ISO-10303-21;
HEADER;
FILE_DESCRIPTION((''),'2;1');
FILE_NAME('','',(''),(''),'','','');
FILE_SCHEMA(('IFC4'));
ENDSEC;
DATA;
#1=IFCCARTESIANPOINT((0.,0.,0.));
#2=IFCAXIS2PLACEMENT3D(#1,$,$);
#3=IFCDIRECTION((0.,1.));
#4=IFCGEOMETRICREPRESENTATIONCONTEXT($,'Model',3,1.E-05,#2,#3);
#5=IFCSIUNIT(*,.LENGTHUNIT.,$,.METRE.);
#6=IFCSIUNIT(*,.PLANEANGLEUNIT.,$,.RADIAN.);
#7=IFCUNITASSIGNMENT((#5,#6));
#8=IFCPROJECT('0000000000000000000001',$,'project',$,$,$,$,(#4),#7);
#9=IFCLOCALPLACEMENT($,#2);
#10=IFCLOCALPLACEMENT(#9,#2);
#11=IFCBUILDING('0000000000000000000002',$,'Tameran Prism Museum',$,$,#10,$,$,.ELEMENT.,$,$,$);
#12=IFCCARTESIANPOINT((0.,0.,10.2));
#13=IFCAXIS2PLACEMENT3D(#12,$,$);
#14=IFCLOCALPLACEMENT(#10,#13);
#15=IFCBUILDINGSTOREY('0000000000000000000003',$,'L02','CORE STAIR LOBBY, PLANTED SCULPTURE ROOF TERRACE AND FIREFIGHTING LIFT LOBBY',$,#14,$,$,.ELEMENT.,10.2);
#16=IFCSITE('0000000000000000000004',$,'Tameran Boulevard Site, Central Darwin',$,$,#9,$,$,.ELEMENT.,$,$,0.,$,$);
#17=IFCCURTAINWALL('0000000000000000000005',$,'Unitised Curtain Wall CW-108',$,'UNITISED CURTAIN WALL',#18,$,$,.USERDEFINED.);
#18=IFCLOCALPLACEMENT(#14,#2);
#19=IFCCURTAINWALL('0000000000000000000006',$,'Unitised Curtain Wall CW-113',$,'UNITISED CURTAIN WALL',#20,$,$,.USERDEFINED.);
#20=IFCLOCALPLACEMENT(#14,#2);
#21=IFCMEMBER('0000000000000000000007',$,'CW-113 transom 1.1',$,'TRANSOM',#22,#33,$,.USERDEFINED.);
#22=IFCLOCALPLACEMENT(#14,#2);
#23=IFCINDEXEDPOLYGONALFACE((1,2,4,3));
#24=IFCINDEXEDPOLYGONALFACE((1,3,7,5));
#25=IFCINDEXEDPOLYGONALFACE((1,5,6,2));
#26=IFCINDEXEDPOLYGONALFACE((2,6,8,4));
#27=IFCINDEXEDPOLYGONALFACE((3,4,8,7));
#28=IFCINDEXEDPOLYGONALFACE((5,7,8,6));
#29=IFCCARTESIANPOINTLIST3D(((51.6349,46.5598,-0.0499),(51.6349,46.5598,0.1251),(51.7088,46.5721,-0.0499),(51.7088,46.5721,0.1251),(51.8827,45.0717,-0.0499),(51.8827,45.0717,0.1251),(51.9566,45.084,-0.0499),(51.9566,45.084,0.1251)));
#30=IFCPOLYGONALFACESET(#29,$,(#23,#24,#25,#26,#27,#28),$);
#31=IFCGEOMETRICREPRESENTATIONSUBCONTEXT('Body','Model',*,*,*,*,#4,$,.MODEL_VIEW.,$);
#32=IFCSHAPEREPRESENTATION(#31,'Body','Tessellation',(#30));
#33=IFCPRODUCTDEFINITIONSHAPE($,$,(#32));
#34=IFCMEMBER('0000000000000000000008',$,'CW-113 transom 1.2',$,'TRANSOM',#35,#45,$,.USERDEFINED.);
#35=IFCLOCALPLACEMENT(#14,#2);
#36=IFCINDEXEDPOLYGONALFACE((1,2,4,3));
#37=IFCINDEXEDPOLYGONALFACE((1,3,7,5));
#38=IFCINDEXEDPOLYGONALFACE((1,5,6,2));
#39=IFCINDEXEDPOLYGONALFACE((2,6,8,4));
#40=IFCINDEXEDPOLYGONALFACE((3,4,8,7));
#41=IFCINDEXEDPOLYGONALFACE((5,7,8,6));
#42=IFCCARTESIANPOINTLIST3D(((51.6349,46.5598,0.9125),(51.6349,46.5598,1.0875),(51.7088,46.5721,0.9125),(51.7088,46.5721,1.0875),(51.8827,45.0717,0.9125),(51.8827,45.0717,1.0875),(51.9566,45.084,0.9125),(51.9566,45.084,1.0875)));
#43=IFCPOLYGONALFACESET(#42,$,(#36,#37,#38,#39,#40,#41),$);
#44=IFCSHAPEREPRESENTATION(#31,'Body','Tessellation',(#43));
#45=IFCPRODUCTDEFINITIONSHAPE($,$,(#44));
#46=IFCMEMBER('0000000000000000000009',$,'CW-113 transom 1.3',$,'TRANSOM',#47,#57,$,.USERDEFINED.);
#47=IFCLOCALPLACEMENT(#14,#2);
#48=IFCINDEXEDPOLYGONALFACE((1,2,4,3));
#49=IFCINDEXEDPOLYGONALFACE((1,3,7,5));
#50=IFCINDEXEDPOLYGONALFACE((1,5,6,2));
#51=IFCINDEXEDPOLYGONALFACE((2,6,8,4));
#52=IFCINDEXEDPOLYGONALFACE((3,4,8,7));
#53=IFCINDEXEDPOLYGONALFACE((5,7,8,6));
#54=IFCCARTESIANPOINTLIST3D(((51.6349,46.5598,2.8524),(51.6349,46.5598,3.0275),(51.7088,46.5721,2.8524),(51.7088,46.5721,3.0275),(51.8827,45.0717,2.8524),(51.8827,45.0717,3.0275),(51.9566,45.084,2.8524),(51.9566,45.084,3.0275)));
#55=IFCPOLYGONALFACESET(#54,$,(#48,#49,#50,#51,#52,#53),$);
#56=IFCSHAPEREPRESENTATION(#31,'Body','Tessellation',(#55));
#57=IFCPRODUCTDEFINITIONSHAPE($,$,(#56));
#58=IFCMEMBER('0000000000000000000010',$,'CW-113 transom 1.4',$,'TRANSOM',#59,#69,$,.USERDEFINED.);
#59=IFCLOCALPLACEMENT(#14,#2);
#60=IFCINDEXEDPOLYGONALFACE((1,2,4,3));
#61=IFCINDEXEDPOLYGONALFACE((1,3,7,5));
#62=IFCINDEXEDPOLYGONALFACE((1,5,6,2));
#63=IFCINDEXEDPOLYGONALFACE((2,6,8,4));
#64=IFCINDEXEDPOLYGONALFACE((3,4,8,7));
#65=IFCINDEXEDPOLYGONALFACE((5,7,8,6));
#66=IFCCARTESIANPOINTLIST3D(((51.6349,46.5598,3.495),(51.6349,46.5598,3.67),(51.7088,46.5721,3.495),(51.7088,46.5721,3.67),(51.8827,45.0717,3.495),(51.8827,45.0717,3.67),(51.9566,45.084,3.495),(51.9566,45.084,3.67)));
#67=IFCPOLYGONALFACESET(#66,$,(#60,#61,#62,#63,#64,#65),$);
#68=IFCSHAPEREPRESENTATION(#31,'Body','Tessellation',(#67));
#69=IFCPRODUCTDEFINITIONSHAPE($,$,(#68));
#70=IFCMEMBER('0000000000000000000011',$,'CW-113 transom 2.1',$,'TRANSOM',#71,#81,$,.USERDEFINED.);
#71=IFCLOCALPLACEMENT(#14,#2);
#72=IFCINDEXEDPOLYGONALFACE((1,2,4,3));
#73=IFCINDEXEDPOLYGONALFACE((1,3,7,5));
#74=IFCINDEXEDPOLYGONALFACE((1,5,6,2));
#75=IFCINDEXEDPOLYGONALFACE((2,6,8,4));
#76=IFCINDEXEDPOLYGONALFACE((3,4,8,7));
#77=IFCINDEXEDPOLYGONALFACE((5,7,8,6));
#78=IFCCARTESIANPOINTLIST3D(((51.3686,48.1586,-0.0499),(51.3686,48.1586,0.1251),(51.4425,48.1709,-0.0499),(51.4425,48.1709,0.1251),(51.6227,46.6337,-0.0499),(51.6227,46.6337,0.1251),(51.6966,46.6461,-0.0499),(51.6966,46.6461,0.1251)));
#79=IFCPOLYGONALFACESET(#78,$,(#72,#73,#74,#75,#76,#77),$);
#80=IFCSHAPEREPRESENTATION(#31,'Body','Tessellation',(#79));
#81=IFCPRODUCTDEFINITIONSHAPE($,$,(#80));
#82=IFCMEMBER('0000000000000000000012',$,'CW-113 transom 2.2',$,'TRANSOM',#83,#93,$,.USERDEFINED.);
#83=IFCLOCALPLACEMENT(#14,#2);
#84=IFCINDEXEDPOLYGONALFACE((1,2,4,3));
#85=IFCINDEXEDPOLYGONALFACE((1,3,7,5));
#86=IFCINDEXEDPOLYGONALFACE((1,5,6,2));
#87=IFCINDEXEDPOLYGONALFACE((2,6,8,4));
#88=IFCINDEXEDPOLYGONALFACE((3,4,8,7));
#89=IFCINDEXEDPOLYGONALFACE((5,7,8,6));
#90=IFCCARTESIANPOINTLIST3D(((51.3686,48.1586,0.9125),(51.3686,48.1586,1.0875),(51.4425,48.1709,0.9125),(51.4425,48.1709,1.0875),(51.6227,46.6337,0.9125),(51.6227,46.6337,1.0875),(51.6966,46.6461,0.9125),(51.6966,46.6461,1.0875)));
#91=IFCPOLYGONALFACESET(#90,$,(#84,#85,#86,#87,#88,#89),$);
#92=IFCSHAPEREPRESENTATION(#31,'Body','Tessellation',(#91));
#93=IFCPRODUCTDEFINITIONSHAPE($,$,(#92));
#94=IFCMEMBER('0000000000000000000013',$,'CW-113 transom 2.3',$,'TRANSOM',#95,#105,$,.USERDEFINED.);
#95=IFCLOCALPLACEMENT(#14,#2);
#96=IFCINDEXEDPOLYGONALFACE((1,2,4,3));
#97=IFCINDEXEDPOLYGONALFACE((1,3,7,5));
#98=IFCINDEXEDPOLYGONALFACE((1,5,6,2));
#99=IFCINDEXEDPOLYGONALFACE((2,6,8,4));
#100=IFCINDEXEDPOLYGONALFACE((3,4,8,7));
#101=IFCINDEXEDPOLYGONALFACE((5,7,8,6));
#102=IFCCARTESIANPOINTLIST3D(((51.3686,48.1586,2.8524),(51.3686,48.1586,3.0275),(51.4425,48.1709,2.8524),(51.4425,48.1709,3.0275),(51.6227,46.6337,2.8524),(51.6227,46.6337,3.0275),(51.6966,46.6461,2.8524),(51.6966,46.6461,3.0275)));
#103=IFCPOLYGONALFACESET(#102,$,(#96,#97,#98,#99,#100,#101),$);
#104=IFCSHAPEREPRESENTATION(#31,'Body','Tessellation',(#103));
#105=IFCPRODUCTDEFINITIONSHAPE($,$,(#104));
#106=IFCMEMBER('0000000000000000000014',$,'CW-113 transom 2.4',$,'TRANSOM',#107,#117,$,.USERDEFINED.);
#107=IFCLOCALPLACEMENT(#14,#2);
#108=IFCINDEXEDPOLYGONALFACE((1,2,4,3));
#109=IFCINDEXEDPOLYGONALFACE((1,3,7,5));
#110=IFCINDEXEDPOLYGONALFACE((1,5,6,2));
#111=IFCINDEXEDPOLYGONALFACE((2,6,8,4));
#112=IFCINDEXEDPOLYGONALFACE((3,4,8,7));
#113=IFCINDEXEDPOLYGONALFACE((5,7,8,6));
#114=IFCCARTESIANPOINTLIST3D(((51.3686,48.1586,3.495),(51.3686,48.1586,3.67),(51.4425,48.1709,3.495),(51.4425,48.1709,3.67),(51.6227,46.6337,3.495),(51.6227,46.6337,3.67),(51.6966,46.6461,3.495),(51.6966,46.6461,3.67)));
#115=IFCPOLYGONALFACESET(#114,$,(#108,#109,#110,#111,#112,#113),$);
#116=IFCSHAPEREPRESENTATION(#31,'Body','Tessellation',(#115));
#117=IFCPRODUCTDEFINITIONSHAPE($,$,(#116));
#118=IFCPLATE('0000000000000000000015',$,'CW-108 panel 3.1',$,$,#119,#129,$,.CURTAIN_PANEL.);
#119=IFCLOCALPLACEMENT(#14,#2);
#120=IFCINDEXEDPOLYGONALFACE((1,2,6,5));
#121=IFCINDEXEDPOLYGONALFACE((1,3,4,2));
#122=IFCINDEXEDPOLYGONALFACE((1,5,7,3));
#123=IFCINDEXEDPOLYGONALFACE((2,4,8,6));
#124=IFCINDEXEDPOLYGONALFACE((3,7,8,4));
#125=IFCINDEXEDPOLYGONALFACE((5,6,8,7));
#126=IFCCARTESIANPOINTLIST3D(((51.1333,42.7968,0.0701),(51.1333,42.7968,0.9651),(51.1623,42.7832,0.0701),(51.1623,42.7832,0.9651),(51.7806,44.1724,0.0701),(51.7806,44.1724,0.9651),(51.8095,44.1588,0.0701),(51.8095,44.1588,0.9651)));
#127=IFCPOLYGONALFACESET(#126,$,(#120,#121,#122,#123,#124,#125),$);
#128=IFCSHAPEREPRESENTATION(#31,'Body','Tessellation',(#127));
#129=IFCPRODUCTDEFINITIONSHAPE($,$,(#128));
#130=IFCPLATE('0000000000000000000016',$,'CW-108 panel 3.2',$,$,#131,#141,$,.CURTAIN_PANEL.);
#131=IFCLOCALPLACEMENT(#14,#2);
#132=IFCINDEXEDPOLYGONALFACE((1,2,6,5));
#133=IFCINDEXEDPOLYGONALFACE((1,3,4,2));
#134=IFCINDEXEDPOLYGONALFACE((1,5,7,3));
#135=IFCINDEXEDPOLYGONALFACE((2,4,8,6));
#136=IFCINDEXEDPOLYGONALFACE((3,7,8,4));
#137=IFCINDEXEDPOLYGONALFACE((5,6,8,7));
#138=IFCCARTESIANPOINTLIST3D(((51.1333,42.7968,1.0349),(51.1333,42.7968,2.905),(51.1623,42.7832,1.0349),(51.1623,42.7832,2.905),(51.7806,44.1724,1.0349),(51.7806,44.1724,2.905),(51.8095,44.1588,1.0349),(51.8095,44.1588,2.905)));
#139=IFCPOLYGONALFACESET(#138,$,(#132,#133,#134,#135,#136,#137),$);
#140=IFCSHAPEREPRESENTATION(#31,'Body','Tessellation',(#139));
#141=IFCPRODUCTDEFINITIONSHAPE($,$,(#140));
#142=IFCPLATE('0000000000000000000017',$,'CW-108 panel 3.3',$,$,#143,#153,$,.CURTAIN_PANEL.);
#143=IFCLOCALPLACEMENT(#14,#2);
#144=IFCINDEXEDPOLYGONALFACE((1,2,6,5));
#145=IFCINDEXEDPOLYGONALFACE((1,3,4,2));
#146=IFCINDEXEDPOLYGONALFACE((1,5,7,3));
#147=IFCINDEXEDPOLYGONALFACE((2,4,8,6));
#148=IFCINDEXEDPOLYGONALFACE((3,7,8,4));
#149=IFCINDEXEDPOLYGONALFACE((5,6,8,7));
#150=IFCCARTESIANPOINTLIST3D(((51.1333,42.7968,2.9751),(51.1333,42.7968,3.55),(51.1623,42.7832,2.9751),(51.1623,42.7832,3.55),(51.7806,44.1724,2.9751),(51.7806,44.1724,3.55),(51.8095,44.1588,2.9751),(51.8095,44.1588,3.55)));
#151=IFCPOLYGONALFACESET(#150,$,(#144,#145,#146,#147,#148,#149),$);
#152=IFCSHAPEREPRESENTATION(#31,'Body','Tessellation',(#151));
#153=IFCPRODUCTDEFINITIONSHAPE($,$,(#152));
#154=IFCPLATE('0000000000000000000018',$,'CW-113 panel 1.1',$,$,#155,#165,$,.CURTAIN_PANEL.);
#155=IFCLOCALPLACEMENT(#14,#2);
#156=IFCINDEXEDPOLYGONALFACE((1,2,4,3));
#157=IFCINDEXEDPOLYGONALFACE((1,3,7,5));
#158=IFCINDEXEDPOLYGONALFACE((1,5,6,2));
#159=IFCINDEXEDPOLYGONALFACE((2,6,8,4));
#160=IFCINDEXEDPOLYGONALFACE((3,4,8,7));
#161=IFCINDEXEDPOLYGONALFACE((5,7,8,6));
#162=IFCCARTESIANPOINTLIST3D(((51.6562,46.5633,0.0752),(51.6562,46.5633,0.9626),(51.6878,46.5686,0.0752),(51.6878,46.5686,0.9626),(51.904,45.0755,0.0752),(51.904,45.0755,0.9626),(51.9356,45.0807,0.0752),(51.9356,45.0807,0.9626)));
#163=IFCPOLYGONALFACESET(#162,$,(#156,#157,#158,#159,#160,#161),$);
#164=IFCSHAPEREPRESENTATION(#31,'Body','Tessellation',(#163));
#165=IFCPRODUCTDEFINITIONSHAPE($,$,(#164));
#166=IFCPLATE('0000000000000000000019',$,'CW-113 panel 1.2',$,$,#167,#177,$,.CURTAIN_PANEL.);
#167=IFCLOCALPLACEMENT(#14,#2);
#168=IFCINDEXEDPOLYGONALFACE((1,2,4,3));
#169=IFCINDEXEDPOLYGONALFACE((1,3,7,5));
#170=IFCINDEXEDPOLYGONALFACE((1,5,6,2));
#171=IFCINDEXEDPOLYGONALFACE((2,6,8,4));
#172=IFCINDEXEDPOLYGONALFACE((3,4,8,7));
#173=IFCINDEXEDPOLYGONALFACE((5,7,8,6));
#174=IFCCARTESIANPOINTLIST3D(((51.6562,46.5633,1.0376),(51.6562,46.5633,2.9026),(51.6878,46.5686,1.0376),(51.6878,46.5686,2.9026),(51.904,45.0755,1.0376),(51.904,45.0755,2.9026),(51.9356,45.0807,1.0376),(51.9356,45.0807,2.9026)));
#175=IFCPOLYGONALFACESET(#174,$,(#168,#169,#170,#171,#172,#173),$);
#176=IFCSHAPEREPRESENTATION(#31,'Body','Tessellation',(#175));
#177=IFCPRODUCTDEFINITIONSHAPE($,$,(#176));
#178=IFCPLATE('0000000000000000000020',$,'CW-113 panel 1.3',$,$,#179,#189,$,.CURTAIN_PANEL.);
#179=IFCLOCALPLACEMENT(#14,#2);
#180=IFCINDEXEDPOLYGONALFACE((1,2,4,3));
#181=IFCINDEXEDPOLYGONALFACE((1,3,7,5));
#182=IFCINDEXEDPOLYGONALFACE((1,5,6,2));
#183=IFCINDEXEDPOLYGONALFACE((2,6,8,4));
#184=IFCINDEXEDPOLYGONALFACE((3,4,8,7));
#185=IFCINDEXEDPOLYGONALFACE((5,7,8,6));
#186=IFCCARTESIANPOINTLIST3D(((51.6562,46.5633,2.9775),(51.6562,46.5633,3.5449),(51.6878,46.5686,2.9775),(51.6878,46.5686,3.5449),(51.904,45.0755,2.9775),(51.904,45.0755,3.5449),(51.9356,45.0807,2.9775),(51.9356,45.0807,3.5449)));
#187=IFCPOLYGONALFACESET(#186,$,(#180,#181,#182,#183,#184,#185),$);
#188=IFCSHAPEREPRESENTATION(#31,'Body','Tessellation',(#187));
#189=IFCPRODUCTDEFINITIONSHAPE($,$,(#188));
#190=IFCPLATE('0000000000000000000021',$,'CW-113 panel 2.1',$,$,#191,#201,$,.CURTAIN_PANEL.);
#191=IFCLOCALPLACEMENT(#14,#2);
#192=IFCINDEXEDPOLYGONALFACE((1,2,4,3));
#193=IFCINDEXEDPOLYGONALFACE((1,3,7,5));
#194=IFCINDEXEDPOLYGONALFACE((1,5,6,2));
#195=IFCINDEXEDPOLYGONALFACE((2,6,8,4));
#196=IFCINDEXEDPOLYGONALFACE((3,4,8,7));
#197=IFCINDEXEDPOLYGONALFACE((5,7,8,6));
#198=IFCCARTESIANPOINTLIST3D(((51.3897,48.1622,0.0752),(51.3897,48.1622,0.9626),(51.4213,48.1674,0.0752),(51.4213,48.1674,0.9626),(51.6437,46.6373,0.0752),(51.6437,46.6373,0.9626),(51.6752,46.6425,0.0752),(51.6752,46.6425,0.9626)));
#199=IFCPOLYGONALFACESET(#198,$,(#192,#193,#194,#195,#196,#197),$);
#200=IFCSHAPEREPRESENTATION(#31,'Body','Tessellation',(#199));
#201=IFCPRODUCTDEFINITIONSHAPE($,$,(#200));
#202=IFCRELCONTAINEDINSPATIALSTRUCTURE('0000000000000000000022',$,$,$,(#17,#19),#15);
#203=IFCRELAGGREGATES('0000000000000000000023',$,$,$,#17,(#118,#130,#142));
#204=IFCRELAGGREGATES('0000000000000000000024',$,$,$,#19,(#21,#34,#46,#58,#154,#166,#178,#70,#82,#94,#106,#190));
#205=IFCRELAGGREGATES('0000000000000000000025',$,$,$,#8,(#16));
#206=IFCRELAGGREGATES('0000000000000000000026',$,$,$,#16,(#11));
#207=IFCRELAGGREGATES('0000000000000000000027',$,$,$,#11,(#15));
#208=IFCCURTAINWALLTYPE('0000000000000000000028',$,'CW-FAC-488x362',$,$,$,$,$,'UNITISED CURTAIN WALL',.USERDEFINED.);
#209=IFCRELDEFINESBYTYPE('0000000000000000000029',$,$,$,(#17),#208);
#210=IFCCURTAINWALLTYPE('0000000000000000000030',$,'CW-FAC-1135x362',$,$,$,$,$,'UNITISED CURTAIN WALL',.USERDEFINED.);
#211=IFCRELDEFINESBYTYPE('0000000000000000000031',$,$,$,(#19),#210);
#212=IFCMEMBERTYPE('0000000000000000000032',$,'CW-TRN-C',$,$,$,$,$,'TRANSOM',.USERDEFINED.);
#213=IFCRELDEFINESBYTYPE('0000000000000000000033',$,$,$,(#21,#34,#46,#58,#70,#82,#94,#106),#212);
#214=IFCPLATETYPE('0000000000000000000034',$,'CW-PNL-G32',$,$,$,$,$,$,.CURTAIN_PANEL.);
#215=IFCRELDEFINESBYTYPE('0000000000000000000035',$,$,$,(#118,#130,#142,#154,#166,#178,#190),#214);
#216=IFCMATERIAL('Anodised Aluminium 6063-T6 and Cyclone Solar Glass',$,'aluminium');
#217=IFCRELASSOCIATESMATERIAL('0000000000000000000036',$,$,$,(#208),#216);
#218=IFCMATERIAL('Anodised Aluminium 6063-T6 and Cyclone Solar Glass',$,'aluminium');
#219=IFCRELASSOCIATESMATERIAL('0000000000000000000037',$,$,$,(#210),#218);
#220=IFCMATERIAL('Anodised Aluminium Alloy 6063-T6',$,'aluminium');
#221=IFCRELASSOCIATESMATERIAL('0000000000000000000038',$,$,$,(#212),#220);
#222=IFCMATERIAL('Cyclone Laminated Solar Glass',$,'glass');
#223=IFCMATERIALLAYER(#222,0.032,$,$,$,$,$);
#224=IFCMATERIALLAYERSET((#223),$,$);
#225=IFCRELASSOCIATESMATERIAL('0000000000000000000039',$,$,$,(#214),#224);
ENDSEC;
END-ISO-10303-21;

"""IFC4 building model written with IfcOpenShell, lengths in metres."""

from ifc_helpers import new_model, si_unit, direction, frame, origin, origin_2d, place, context, subcontext, project, spatial, rectangle, extrude, material, layer, layer_set, material_profile, profile_set, type_object, element, aggregate, save


model = new_model("IFC4")

# Units and contexts
model_context = context("Model", 3, precision=1e-05, world=origin(), true_north=direction((0.0, 1.0)))
body_context = subcontext(model_context, "Body", "Model", "MODEL_VIEW")
ifc_project = project(units=[si_unit("LENGTHUNIT", "METRE"), si_unit("PLANEANGLEUNIT", "RADIAN")], contexts=[model_context])

# Site, building, storey
site_placement = place(None, origin())
site = spatial("IfcSite", under=ifc_project, at=site_placement, Name="Tameran Boulevard Site, Central Darwin", CompositionType="ELEMENT", RefElevation=0.0)
building_placement = place(site_placement, origin())
building = spatial("IfcBuilding", under=site, at=building_placement, Name="Tameran Prism Museum", CompositionType="ELEMENT")
storey_placement = place(building_placement, frame((0.0, 0.0, 10.2)))
storey = spatial("IfcBuildingStorey", under=building, at=storey_placement, Name="L02", Description="CORE STAIR LOBBY, PLANTED SCULPTURE ROOF TERRACE AND FIREFIGHTING LIFT LOBBY", CompositionType="ELEMENT", Elevation=10.2)

# Curtain wall
ifc_material_1 = material(Name="Anodised Aluminium 6063-T6 and Cyclone Solar Glass", Category="aluminium")
curtain_wall_type_1 = type_object("IfcCurtainWallType", Name="CW-FAC-488x362", ElementType="UNITISED CURTAIN WALL", PredefinedType="USERDEFINED", material=ifc_material_1)
curtain_wall_1_placement = place(storey_placement, origin())
curtain_wall_1 = element("IfcCurtainWall", 1, at=curtain_wall_1_placement, inside=storey, type_object=curtain_wall_type_1, Name="Unitised Curtain Wall CW-108", ObjectType="UNITISED CURTAIN WALL", PredefinedType="USERDEFINED")

# Curtain wall, members
ifc_material_2 = material(Name="Anodised Aluminium 6063-T6 and Cyclone Solar Glass", Category="aluminium")
curtain_wall_type_2 = type_object("IfcCurtainWallType", Name="CW-FAC-1135x362", ElementType="UNITISED CURTAIN WALL", PredefinedType="USERDEFINED", material=ifc_material_2)
curtain_wall_2_placement = place(storey_placement, origin())
curtain_wall_2 = element("IfcCurtainWall", 2, at=curtain_wall_2_placement, inside=storey, type_object=curtain_wall_type_2, Name="Unitised Curtain Wall CW-113", ObjectType="UNITISED CURTAIN WALL", PredefinedType="USERDEFINED")
ifc_material_3 = material(Name="Anodised Aluminium Alloy 6063-T6", Category="aluminium")
ifc_material_profile_1 = material_profile(ifc_material_3, rectangle(XDim=0.075, YDim=0.175, at=origin_2d()))
ifc_profile_set_1 = profile_set([ifc_material_profile_1])
member_type_1 = type_object("IfcMemberType", Name="CW-TRN-C", ElementType="TRANSOM", PredefinedType="USERDEFINED", material=ifc_profile_set_1)
member_1_placement = place(storey_placement, frame((51.9197, 45.0779, 0.0376), z_axis=(-0.164268, 0.986416, 0.0), x_axis=(-0.986416, -0.164268, 0.0)))
member_1 = element("IfcMember", 3, at=member_1_placement, type_object=member_type_1, Name="CW-113 transom 1.1", ObjectType="TRANSOM", PredefinedType="USERDEFINED", context=body_context, shape_type="SweptSolid", body=[
    extrude(rectangle(XDim=0.075, YDim=0.175, at=origin_2d()), origin(), (0.0, 0.0, 1.0), 1.5085),
])
member_2_placement = place(storey_placement, frame((51.9197, 45.0779, 1.0), z_axis=(-0.164268, 0.986416, 0.0), x_axis=(-0.986416, -0.164268, 0.0)))
member_2 = element("IfcMember", 4, at=member_2_placement, type_object=member_type_1, Name="CW-113 transom 1.2", ObjectType="TRANSOM", PredefinedType="USERDEFINED", context=body_context, shape_type="SweptSolid", body=[
    extrude(rectangle(XDim=0.075, YDim=0.175, at=origin_2d()), origin(), (0.0, 0.0, 1.0), 1.5085),
])
member_3_placement = place(storey_placement, frame((51.9197, 45.0779, 2.9399), z_axis=(-0.164268, 0.986416, 0.0), x_axis=(-0.986416, -0.164268, 0.0)))
member_3 = element("IfcMember", 5, at=member_3_placement, type_object=member_type_1, Name="CW-113 transom 1.3", ObjectType="TRANSOM", PredefinedType="USERDEFINED", context=body_context, shape_type="SweptSolid", body=[
    extrude(rectangle(XDim=0.075, YDim=0.175, at=origin_2d()), origin(), (0.0, 0.0, 1.0), 1.5085),
])
member_4_placement = place(storey_placement, frame((51.9197, 45.0779, 3.5825), z_axis=(-0.164268, 0.986416, 0.0), x_axis=(-0.986416, -0.164268, 0.0)))
member_4 = element("IfcMember", 6, at=member_4_placement, type_object=member_type_1, Name="CW-113 transom 1.4", ObjectType="TRANSOM", PredefinedType="USERDEFINED", context=body_context, shape_type="SweptSolid", body=[
    extrude(rectangle(XDim=0.075, YDim=0.175, at=origin_2d()), origin(), (0.0, 0.0, 1.0), 1.5085),
])
member_5_placement = place(storey_placement, frame((51.6597, 46.6399, 0.0376), z_axis=(-0.164399, 0.986394, 0.0), x_axis=(-0.986394, -0.164399, 0.0)))
member_5 = element("IfcMember", 7, at=member_5_placement, type_object=member_type_1, Name="CW-113 transom 2.1", ObjectType="TRANSOM", PredefinedType="USERDEFINED", context=body_context, shape_type="SweptSolid", body=[
    extrude(rectangle(XDim=0.075, YDim=0.175, at=origin_2d()), origin(), (0.0, 0.0, 1.0), 1.5459),
])
member_6_placement = place(storey_placement, frame((51.6597, 46.6399, 1.0), z_axis=(-0.164399, 0.986394, 0.0), x_axis=(-0.986394, -0.164399, 0.0)))
member_6 = element("IfcMember", 8, at=member_6_placement, type_object=member_type_1, Name="CW-113 transom 2.2", ObjectType="TRANSOM", PredefinedType="USERDEFINED", context=body_context, shape_type="SweptSolid", body=[
    extrude(rectangle(XDim=0.075, YDim=0.175, at=origin_2d()), origin(), (0.0, 0.0, 1.0), 1.5459),
])
member_7_placement = place(storey_placement, frame((51.6597, 46.6399, 2.9399), z_axis=(-0.164399, 0.986394, 0.0), x_axis=(-0.986394, -0.164399, 0.0)))
member_7 = element("IfcMember", 9, at=member_7_placement, type_object=member_type_1, Name="CW-113 transom 2.3", ObjectType="TRANSOM", PredefinedType="USERDEFINED", context=body_context, shape_type="SweptSolid", body=[
    extrude(rectangle(XDim=0.075, YDim=0.175, at=origin_2d()), origin(), (0.0, 0.0, 1.0), 1.5459),
])
member_8_placement = place(storey_placement, frame((51.6597, 46.6399, 3.5825), z_axis=(-0.164399, 0.986394, 0.0), x_axis=(-0.986394, -0.164399, 0.0)))
member_8 = element("IfcMember", 10, at=member_8_placement, type_object=member_type_1, Name="CW-113 transom 2.4", ObjectType="TRANSOM", PredefinedType="USERDEFINED", context=body_context, shape_type="SweptSolid", body=[
    extrude(rectangle(XDim=0.075, YDim=0.175, at=origin_2d()), origin(), (0.0, 0.0, 1.0), 1.5459),
])

# Plates
ifc_material_4 = material(Name="Cyclone Laminated Solar Glass", Category="glass")
ifc_layer_1 = layer(ifc_material_4, 0.032)
ifc_layer_set_1 = layer_set([ifc_layer_1])
plate_type = type_object("IfcPlateType", Name="CW-PNL-G32", PredefinedType="CURTAIN_PANEL", material=ifc_layer_set_1)
plate_1_placement = place(storey_placement, frame((51.4714, 43.4778, 0.0701), z_axis=(0.0, 0.0, 1.0), x_axis=(0.425758, 0.904837, 0.0)))
plate_1 = element("IfcPlate", 11, at=plate_1_placement, type_object=plate_type, Name="CW-108 panel 3.1", PredefinedType="CURTAIN_PANEL", context=body_context, shape_type="SweptSolid", body=[
    extrude(rectangle(XDim=1.5203, YDim=0.032, at=origin_2d()), origin(), (0.0, 0.0, 1.0), 0.895),
])
plate_2_placement = place(storey_placement, frame((51.4714, 43.4778, 1.0349), z_axis=(0.0, 0.0, 1.0), x_axis=(0.425758, 0.904837, 0.0)))
plate_2 = element("IfcPlate", 12, at=plate_2_placement, type_object=plate_type, Name="CW-108 panel 3.2", PredefinedType="CURTAIN_PANEL", context=body_context, shape_type="SweptSolid", body=[
    extrude(rectangle(XDim=1.5203, YDim=0.032, at=origin_2d()), origin(), (0.0, 0.0, 1.0), 1.8701),
])
plate_3_placement = place(storey_placement, frame((51.4714, 43.4778, 2.9751), z_axis=(0.0, 0.0, 1.0), x_axis=(0.425758, 0.904837, 0.0)))
plate_3 = element("IfcPlate", 13, at=plate_3_placement, type_object=plate_type, Name="CW-108 panel 3.3", PredefinedType="CURTAIN_PANEL", context=body_context, shape_type="SweptSolid", body=[
    extrude(rectangle(XDim=1.5203, YDim=0.032, at=origin_2d()), origin(), (0.0, 0.0, 1.0), 0.575),
])
aggregate(curtain_wall_1, [plate_1, plate_2, plate_3])
plate_4_placement = place(storey_placement, frame((51.7959, 45.822, 0.0752), z_axis=(0.0, 0.0, 1.0), x_axis=(-0.164285, 0.986413, 0.0)))
plate_4 = element("IfcPlate", 14, at=plate_4_placement, type_object=plate_type, Name="CW-113 panel 1.1", PredefinedType="CURTAIN_PANEL", context=body_context, shape_type="SweptSolid", body=[
    extrude(rectangle(XDim=1.5083, YDim=0.032, at=origin_2d()), origin(), (0.0, 0.0, 1.0), 0.8875),
])
plate_5_placement = place(storey_placement, frame((51.7959, 45.822, 1.0376), z_axis=(0.0, 0.0, 1.0), x_axis=(-0.164285, 0.986413, 0.0)))
plate_5 = element("IfcPlate", 15, at=plate_5_placement, type_object=plate_type, Name="CW-113 panel 1.2", PredefinedType="CURTAIN_PANEL", context=body_context, shape_type="SweptSolid", body=[
    extrude(rectangle(XDim=1.5083, YDim=0.032, at=origin_2d()), origin(), (0.0, 0.0, 1.0), 1.865),
])
plate_6_placement = place(storey_placement, frame((51.7959, 45.822, 2.9775), z_axis=(0.0, 0.0, 1.0), x_axis=(-0.164285, 0.986413, 0.0)))
plate_6 = element("IfcPlate", 16, at=plate_6_placement, type_object=plate_type, Name="CW-113 panel 1.3", PredefinedType="CURTAIN_PANEL", context=body_context, shape_type="SweptSolid", body=[
    extrude(rectangle(XDim=1.5083, YDim=0.032, at=origin_2d()), origin(), (0.0, 0.0, 1.0), 0.5674),
])
plate_7_placement = place(storey_placement, frame((51.5325, 47.4023, 0.0752), z_axis=(0.0, 0.0, 1.0), x_axis=(-0.164285, 0.986413, 0.0)))
plate_7 = element("IfcPlate", 17, at=plate_7_placement, type_object=plate_type, Name="CW-113 panel 2.1", PredefinedType="CURTAIN_PANEL", context=body_context, shape_type="SweptSolid", body=[
    extrude(rectangle(XDim=1.5459, YDim=0.032, at=origin_2d()), origin(), (0.0, 0.0, 1.0), 0.8875),
])
aggregate(curtain_wall_2, [member_1, member_2, member_3, member_4, plate_4, plate_5, plate_6, member_5, member_6, member_7, member_8, plate_7])

save(model, "model.ifc")
